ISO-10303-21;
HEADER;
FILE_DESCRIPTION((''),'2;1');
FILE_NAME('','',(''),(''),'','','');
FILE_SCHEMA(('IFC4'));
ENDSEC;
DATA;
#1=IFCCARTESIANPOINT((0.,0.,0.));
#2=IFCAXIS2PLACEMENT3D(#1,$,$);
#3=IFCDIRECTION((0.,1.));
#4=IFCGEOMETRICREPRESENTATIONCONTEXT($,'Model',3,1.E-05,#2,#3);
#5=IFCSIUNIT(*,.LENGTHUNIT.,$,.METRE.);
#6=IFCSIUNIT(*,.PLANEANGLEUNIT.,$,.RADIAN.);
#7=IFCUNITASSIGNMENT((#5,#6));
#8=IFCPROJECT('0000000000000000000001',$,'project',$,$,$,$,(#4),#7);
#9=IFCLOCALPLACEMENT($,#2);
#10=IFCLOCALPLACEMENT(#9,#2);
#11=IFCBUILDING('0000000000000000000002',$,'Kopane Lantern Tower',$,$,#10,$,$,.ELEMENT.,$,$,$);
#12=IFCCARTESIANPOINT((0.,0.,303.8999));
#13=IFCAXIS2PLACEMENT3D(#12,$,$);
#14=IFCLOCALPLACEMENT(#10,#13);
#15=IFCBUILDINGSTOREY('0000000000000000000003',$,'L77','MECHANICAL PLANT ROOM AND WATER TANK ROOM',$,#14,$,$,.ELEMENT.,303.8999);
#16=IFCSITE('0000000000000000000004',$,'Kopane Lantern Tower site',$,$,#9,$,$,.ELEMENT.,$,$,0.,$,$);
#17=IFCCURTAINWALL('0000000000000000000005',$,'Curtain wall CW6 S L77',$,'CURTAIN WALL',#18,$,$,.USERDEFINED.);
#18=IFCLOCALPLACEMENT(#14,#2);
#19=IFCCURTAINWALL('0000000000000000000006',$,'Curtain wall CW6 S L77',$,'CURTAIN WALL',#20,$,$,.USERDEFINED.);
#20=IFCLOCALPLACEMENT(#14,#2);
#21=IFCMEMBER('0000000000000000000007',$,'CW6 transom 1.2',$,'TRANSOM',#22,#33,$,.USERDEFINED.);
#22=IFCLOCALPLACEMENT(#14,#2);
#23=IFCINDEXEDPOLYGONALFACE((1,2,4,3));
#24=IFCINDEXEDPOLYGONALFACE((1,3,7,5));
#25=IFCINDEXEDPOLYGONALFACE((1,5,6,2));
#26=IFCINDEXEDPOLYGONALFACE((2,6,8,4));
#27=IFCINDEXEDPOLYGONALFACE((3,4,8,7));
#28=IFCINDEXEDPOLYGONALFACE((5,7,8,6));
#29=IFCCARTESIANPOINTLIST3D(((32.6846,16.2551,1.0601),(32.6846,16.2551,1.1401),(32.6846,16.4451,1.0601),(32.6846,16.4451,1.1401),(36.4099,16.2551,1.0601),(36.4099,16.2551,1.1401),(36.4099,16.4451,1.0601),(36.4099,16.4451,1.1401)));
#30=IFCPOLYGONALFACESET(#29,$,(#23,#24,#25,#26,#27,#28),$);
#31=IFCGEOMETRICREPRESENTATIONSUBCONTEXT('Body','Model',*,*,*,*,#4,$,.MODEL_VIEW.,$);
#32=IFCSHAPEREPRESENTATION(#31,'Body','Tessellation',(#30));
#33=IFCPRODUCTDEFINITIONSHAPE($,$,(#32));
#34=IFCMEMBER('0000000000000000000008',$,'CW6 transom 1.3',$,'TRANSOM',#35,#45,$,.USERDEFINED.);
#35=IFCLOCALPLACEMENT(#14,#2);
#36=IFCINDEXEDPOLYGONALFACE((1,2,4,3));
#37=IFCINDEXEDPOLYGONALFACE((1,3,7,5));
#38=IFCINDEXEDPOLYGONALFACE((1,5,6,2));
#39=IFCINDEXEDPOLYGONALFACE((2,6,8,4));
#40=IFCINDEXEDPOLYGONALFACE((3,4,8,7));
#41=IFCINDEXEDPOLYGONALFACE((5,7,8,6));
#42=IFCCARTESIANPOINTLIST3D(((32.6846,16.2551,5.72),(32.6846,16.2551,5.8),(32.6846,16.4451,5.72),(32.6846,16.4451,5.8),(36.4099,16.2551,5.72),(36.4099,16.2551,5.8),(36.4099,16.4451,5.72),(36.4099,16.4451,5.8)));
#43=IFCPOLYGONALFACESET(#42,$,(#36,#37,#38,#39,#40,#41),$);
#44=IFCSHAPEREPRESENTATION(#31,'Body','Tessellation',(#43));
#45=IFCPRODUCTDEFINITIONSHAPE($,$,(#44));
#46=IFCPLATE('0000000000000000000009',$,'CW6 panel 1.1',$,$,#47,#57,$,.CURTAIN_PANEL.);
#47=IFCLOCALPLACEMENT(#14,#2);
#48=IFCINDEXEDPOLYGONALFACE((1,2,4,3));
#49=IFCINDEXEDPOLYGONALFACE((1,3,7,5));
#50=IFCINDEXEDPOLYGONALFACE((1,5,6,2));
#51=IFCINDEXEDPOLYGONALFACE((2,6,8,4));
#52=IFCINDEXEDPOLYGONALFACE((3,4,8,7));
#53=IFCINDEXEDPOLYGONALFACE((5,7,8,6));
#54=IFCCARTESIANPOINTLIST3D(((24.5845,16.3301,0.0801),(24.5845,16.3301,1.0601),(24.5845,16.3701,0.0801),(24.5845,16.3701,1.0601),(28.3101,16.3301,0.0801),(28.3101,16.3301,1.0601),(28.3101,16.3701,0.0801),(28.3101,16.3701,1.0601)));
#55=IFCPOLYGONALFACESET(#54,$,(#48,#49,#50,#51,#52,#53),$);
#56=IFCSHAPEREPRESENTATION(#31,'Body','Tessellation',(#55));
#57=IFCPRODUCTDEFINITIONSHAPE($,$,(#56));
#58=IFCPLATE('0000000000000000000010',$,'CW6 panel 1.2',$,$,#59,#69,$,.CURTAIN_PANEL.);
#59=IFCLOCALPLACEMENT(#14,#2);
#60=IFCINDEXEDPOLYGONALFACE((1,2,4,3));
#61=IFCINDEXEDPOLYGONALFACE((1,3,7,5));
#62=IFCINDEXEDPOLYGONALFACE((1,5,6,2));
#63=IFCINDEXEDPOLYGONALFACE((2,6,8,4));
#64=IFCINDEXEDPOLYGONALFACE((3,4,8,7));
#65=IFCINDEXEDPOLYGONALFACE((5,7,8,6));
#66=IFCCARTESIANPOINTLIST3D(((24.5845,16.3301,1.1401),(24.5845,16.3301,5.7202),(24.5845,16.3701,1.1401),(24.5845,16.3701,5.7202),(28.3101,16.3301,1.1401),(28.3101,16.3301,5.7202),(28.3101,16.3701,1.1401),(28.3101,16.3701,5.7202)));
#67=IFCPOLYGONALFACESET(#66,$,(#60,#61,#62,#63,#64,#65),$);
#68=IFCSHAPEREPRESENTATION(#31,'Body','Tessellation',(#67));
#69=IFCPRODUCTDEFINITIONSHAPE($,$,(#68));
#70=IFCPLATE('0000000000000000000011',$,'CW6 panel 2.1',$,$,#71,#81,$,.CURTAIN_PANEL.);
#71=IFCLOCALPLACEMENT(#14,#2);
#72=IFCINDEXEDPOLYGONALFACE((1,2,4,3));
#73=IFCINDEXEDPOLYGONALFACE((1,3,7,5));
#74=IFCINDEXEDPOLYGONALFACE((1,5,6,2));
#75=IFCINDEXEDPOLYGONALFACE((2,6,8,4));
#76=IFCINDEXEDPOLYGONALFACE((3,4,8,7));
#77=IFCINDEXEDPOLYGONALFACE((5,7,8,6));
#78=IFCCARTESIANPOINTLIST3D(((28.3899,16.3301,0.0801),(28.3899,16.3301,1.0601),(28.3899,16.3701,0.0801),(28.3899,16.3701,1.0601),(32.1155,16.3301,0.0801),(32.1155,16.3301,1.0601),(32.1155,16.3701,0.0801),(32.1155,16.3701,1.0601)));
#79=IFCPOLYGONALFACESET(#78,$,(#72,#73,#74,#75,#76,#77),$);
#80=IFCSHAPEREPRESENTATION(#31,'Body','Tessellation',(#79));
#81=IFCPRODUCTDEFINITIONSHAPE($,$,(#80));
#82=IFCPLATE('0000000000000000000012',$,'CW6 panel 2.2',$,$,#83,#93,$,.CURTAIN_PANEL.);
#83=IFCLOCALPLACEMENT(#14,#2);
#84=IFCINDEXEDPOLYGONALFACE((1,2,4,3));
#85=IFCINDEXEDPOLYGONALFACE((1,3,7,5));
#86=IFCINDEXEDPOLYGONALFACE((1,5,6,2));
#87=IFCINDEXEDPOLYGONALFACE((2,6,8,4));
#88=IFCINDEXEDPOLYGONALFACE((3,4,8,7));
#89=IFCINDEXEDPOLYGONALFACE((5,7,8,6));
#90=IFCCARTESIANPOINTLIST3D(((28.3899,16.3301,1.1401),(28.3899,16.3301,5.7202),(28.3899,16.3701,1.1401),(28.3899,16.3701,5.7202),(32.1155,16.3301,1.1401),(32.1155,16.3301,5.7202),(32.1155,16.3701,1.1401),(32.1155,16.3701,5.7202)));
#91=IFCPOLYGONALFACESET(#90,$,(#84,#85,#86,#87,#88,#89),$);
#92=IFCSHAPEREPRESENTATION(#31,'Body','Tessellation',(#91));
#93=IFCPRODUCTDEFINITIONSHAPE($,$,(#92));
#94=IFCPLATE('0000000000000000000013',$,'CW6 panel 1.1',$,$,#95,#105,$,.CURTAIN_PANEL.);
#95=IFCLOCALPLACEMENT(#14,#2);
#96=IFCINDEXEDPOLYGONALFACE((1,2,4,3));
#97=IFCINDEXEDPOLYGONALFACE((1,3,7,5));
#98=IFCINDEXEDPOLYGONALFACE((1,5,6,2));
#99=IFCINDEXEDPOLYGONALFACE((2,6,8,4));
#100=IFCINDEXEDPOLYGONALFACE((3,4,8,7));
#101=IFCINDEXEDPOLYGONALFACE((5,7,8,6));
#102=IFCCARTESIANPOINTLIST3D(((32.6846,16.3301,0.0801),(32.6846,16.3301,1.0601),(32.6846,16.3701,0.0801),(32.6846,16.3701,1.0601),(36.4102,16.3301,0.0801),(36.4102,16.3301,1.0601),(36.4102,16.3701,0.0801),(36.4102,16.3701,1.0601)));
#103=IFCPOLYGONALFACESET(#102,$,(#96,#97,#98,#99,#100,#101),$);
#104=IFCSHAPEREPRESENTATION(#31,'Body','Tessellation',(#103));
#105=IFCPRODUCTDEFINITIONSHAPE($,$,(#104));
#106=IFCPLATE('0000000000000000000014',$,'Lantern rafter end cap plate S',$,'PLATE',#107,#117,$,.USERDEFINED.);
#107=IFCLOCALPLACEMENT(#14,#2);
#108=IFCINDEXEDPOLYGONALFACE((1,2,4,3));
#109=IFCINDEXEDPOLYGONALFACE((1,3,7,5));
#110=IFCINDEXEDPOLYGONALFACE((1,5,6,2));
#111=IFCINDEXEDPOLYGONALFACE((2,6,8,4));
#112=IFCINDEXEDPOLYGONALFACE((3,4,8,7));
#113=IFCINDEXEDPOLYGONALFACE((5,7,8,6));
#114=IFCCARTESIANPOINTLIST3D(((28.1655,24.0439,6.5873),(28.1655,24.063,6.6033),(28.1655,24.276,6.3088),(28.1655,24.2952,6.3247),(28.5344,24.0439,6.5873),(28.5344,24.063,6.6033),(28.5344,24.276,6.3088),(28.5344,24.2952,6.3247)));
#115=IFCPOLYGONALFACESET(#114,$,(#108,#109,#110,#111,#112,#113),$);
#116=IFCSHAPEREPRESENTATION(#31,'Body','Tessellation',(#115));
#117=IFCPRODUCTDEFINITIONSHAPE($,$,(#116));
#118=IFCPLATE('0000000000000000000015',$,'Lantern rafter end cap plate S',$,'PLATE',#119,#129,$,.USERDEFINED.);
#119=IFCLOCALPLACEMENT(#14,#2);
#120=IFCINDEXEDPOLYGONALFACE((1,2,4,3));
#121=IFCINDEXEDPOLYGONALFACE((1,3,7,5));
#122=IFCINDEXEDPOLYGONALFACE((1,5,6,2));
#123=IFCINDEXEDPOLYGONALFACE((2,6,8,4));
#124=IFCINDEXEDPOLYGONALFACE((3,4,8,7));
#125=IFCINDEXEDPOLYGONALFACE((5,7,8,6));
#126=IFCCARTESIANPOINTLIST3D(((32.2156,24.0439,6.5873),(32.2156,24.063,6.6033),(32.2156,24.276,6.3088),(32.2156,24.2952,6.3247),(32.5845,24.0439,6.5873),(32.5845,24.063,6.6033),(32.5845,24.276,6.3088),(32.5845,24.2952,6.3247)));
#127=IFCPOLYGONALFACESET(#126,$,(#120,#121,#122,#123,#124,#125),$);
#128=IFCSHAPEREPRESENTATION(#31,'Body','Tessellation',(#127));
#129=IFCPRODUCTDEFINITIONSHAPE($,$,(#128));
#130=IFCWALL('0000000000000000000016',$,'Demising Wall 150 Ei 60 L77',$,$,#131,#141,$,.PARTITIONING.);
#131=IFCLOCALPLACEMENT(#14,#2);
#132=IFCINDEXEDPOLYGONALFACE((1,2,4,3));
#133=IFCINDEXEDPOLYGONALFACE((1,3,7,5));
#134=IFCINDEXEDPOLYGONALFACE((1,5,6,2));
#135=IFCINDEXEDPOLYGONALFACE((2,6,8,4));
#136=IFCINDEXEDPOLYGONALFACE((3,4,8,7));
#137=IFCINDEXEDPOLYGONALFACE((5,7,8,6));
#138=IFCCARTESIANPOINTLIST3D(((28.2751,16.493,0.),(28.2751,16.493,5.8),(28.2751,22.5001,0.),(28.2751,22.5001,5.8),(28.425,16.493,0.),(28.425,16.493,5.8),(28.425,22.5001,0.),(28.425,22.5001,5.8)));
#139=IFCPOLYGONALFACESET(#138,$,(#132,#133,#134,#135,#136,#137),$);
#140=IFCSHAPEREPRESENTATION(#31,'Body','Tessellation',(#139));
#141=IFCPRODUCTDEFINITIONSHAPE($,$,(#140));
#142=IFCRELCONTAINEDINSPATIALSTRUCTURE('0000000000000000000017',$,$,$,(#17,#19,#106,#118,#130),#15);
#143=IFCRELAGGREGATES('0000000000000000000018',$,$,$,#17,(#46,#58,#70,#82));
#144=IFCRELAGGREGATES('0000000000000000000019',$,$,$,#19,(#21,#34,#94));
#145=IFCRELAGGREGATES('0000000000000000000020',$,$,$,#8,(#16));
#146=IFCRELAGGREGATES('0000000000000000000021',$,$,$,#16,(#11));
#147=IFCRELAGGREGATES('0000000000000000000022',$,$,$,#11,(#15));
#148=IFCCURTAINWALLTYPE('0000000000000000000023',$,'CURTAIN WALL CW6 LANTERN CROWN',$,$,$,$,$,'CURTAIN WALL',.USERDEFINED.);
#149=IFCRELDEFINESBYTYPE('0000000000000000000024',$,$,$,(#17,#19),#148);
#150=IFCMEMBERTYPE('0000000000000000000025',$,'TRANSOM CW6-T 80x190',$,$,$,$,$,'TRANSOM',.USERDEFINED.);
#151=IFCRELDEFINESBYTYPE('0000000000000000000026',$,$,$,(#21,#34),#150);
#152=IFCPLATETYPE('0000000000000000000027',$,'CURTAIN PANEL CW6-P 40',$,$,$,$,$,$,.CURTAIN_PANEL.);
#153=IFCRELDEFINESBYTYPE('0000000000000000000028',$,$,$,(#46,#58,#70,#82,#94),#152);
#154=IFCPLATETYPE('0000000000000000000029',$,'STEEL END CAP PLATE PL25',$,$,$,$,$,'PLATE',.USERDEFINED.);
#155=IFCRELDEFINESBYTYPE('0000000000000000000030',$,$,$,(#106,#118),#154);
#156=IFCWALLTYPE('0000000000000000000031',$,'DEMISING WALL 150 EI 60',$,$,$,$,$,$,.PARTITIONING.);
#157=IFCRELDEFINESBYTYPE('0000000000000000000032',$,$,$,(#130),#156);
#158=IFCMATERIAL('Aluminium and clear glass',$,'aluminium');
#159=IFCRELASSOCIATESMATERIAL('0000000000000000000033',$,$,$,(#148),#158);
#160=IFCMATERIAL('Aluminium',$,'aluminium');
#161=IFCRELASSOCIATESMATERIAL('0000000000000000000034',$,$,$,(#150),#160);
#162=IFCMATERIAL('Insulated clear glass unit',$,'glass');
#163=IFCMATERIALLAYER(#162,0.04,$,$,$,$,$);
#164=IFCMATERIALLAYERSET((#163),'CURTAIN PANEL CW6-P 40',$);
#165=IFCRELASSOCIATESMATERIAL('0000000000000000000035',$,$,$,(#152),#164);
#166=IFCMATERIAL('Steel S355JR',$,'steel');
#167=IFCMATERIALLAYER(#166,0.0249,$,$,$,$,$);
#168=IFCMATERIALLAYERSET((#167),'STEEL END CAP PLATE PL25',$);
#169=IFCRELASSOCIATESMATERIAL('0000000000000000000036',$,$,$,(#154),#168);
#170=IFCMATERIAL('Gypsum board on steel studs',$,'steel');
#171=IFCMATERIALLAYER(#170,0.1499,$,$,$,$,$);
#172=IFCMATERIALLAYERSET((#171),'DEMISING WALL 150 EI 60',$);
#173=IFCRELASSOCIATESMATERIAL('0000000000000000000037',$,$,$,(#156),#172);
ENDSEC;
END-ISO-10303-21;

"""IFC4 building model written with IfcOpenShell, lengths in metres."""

from ifc_helpers import new_model, si_unit, direction, frame, frame_2d, origin, origin_2d, place, context, subcontext, project, spatial, polyline, rectangle, outline, extrude, material, layer, layer_set, material_profile, profile_set, type_object, element, aggregate, save


model = new_model("IFC4")

# Units and contexts
model_context = context("Model", 3, precision=1e-05, world=origin(), true_north=direction((0.0, 1.0)))
body_context = subcontext(model_context, "Body", "Model", "MODEL_VIEW")
ifc_project = project(units=[si_unit("LENGTHUNIT", "METRE"), si_unit("PLANEANGLEUNIT", "RADIAN")], contexts=[model_context])

# Site, building, storey
site_placement = place(None, origin())
site = spatial("IfcSite", under=ifc_project, at=site_placement, Name="Kopane Lantern Tower site", CompositionType="ELEMENT", RefElevation=0.0)
building_placement = place(site_placement, origin())
building = spatial("IfcBuilding", under=site, at=building_placement, Name="Kopane Lantern Tower", CompositionType="ELEMENT")
storey_placement = place(building_placement, frame((0.0, 0.0, 303.8999)))
storey = spatial("IfcBuildingStorey", under=building, at=storey_placement, Name="L77", Description="MECHANICAL PLANT ROOM AND WATER TANK ROOM", CompositionType="ELEMENT", Elevation=303.8999)

# Curtain wall
ifc_material_1 = material(Name="Aluminium and clear glass", Category="aluminium")
curtain_wall_type = type_object("IfcCurtainWallType", Name="CURTAIN WALL CW6 LANTERN CROWN", ElementType="CURTAIN WALL", PredefinedType="USERDEFINED", material=ifc_material_1)
curtain_wall_1_placement = place(storey_placement, origin())
curtain_wall_1 = element("IfcCurtainWall", 1, at=curtain_wall_1_placement, inside=storey, type_object=curtain_wall_type, Name="Curtain wall CW6 S L77", ObjectType="CURTAIN WALL", PredefinedType="USERDEFINED")

# Curtain wall
curtain_wall_2_placement = place(storey_placement, origin())
curtain_wall_2 = element("IfcCurtainWall", 2, at=curtain_wall_2_placement, inside=storey, type_object=curtain_wall_type, Name="Curtain wall CW6 S L77", ObjectType="CURTAIN WALL", PredefinedType="USERDEFINED")

# Members
ifc_material_2 = material(Name="Aluminium", Category="aluminium")
ifc_material_profile_1 = material_profile(ifc_material_2, rectangle(XDim=0.1899, YDim=0.0801, at=origin_2d()), Name="AL 190x80")
ifc_profile_set_1 = profile_set([ifc_material_profile_1], Name="Aluminium")
member_type_1 = type_object("IfcMemberType", Name="TRANSOM CW6-T 80x190", ElementType="TRANSOM", PredefinedType="USERDEFINED", material=ifc_profile_set_1)
member_1_placement = place(storey_placement, frame((32.6846, 16.3501, 1.1001), z_axis=(1.0, 0.0, 0.0), x_axis=(0.0, 1.0, 0.0)))
member_1 = element("IfcMember", 3, at=member_1_placement, type_object=member_type_1, Name="CW6 transom 1.2", ObjectType="TRANSOM", PredefinedType="USERDEFINED", context=body_context, shape_type="SweptSolid", body=[
    extrude(rectangle(XDim=0.1899, YDim=0.0801, at=origin_2d()), origin(), (0.0, 0.0, 1.0), 3.7253),
])
member_2_placement = place(storey_placement, frame((32.6846, 16.3501, 5.76), z_axis=(1.0, 0.0, 0.0), x_axis=(0.0, 1.0, 0.0)))
member_2 = element("IfcMember", 4, at=member_2_placement, type_object=member_type_1, Name="CW6 transom 1.3", ObjectType="TRANSOM", PredefinedType="USERDEFINED", context=body_context, shape_type="SweptSolid", body=[
    extrude(rectangle(XDim=0.1899, YDim=0.0801, at=origin_2d()), origin(), (0.0, 0.0, 1.0), 3.7253),
])

# Plates
ifc_material_3 = material(Name="Insulated clear glass unit", Category="glass")
ifc_layer_1 = layer(ifc_material_3, 0.04)
ifc_layer_set_1 = layer_set([ifc_layer_1], Name="CURTAIN PANEL CW6-P 40")
plate_type_1 = type_object("IfcPlateType", Name="CURTAIN PANEL CW6-P 40", PredefinedType="CURTAIN_PANEL", material=ifc_layer_set_1)
plate_1_placement = place(storey_placement, frame((26.4473, 16.3501, 0.0801), z_axis=(0.0, 0.0, 1.0), x_axis=(1.0, 0.0, 0.0)))
plate_1 = element("IfcPlate", 5, at=plate_1_placement, type_object=plate_type_1, Name="CW6 panel 1.1", PredefinedType="CURTAIN_PANEL", context=body_context, shape_type="SweptSolid", body=[
    extrude(rectangle(XDim=3.7256, YDim=0.04, at=origin_2d()), origin(), (0.0, 0.0, 1.0), 0.98),
])
plate_2_placement = place(storey_placement, frame((26.4473, 16.3501, 1.1401), z_axis=(0.0, 0.0, 1.0), x_axis=(1.0, 0.0, 0.0)))
plate_2 = element("IfcPlate", 6, at=plate_2_placement, type_object=plate_type_1, Name="CW6 panel 1.2", PredefinedType="CURTAIN_PANEL", context=body_context, shape_type="SweptSolid", body=[
    extrude(rectangle(XDim=3.7256, YDim=0.04, at=origin_2d()), origin(), (0.0, 0.0, 1.0), 4.5801),
])
plate_3_placement = place(storey_placement, frame((30.2527, 16.3501, 0.0801), z_axis=(0.0, 0.0, 1.0), x_axis=(1.0, 0.0, 0.0)))
plate_3 = element("IfcPlate", 7, at=plate_3_placement, type_object=plate_type_1, Name="CW6 panel 2.1", PredefinedType="CURTAIN_PANEL", context=body_context, shape_type="SweptSolid", body=[
    extrude(rectangle(XDim=3.7256, YDim=0.04, at=origin_2d()), origin(), (0.0, 0.0, 1.0), 0.98),
])
plate_4_placement = place(storey_placement, frame((30.2527, 16.3501, 1.1401), z_axis=(0.0, 0.0, 1.0), x_axis=(1.0, 0.0, 0.0)))
plate_4 = element("IfcPlate", 8, at=plate_4_placement, type_object=plate_type_1, Name="CW6 panel 2.2", PredefinedType="CURTAIN_PANEL", context=body_context, shape_type="SweptSolid", body=[
    extrude(rectangle(XDim=3.7256, YDim=0.04, at=origin_2d()), origin(), (0.0, 0.0, 1.0), 4.5801),
])
aggregate(curtain_wall_1, [plate_1, plate_2, plate_3, plate_4])
plate_5_placement = place(storey_placement, frame((34.5474, 16.3501, 0.0801), z_axis=(0.0, 0.0, 1.0), x_axis=(1.0, 0.0, 0.0)))
plate_5 = element("IfcPlate", 9, at=plate_5_placement, type_object=plate_type_1, Name="CW6 panel 1.1", PredefinedType="CURTAIN_PANEL", context=body_context, shape_type="SweptSolid", body=[
    extrude(rectangle(XDim=3.7256, YDim=0.04, at=origin_2d()), origin(), (0.0, 0.0, 1.0), 0.98),
])
aggregate(curtain_wall_2, [member_1, member_2, plate_5])

# Plates
ifc_material_4 = material(Name="Steel S355JR", Category="steel")
ifc_layer_2 = layer(ifc_material_4, 0.0249)
ifc_layer_set_2 = layer_set([ifc_layer_2], Name="STEEL END CAP PLATE PL25")
plate_type_2 = type_object("IfcPlateType", Name="STEEL END CAP PLATE PL25", ElementType="PLATE", PredefinedType="USERDEFINED", material=ifc_layer_set_2)
for number, where, z_axis, x_axis, name in (
    (10, (28.1655, 24.063, 6.6033), (0.0, 0.768166, 0.640251), (1.0, 0.0, 0.0), "Lantern rafter end cap plate S"),
    (11, (32.2156, 24.063, 6.6033), (0.0, 0.768166, 0.640251), (1.0, 0.0, 0.0), "Lantern rafter end cap plate S"),
):
    element("IfcPlate", number, at=place(storey_placement, frame(where, z_axis=z_axis, x_axis=x_axis)), inside=storey, type_object=plate_type_2, Name=name, ObjectType="PLATE", PredefinedType="USERDEFINED", context=body_context, shape_type="SweptSolid", body=[
        extrude(outline(polyline([(0.0, 0.0), (0.3689, 0.0), (0.3689, 0.3626), (0.0, 0.3626), (0.0, 0.0)])), origin(), (0.0, 0.0, -1.0), 0.0249),
    ])

# Wall
ifc_material_5 = material(Name="Gypsum board on steel studs", Category="steel")
ifc_layer_3 = layer(ifc_material_5, 0.1499)
ifc_layer_set_3 = layer_set([ifc_layer_3], Name="DEMISING WALL 150 EI 60")
wall_type = type_object("IfcWallType", Name="DEMISING WALL 150 EI 60", PredefinedType="PARTITIONING", material=ifc_layer_set_3)
wall_placement = place(storey_placement, frame((28.3501, 22.5, 0.0), z_axis=(0.0, 0.0, 1.0), x_axis=(0.0, -1.0, 0.0)))
element("IfcWall", 12, at=wall_placement, inside=storey, type_object=wall_type, Name="Demising Wall 150 Ei 60 L77", PredefinedType="PARTITIONING", context=body_context, shape_type="SweptSolid", body=[
    extrude(rectangle(XDim=6.0071, YDim=0.1499, at=frame_2d((3.0034, 0.0))), origin(), (0.0, 0.0, 1.0), 5.8),
])

save(model, "model.ifc")
